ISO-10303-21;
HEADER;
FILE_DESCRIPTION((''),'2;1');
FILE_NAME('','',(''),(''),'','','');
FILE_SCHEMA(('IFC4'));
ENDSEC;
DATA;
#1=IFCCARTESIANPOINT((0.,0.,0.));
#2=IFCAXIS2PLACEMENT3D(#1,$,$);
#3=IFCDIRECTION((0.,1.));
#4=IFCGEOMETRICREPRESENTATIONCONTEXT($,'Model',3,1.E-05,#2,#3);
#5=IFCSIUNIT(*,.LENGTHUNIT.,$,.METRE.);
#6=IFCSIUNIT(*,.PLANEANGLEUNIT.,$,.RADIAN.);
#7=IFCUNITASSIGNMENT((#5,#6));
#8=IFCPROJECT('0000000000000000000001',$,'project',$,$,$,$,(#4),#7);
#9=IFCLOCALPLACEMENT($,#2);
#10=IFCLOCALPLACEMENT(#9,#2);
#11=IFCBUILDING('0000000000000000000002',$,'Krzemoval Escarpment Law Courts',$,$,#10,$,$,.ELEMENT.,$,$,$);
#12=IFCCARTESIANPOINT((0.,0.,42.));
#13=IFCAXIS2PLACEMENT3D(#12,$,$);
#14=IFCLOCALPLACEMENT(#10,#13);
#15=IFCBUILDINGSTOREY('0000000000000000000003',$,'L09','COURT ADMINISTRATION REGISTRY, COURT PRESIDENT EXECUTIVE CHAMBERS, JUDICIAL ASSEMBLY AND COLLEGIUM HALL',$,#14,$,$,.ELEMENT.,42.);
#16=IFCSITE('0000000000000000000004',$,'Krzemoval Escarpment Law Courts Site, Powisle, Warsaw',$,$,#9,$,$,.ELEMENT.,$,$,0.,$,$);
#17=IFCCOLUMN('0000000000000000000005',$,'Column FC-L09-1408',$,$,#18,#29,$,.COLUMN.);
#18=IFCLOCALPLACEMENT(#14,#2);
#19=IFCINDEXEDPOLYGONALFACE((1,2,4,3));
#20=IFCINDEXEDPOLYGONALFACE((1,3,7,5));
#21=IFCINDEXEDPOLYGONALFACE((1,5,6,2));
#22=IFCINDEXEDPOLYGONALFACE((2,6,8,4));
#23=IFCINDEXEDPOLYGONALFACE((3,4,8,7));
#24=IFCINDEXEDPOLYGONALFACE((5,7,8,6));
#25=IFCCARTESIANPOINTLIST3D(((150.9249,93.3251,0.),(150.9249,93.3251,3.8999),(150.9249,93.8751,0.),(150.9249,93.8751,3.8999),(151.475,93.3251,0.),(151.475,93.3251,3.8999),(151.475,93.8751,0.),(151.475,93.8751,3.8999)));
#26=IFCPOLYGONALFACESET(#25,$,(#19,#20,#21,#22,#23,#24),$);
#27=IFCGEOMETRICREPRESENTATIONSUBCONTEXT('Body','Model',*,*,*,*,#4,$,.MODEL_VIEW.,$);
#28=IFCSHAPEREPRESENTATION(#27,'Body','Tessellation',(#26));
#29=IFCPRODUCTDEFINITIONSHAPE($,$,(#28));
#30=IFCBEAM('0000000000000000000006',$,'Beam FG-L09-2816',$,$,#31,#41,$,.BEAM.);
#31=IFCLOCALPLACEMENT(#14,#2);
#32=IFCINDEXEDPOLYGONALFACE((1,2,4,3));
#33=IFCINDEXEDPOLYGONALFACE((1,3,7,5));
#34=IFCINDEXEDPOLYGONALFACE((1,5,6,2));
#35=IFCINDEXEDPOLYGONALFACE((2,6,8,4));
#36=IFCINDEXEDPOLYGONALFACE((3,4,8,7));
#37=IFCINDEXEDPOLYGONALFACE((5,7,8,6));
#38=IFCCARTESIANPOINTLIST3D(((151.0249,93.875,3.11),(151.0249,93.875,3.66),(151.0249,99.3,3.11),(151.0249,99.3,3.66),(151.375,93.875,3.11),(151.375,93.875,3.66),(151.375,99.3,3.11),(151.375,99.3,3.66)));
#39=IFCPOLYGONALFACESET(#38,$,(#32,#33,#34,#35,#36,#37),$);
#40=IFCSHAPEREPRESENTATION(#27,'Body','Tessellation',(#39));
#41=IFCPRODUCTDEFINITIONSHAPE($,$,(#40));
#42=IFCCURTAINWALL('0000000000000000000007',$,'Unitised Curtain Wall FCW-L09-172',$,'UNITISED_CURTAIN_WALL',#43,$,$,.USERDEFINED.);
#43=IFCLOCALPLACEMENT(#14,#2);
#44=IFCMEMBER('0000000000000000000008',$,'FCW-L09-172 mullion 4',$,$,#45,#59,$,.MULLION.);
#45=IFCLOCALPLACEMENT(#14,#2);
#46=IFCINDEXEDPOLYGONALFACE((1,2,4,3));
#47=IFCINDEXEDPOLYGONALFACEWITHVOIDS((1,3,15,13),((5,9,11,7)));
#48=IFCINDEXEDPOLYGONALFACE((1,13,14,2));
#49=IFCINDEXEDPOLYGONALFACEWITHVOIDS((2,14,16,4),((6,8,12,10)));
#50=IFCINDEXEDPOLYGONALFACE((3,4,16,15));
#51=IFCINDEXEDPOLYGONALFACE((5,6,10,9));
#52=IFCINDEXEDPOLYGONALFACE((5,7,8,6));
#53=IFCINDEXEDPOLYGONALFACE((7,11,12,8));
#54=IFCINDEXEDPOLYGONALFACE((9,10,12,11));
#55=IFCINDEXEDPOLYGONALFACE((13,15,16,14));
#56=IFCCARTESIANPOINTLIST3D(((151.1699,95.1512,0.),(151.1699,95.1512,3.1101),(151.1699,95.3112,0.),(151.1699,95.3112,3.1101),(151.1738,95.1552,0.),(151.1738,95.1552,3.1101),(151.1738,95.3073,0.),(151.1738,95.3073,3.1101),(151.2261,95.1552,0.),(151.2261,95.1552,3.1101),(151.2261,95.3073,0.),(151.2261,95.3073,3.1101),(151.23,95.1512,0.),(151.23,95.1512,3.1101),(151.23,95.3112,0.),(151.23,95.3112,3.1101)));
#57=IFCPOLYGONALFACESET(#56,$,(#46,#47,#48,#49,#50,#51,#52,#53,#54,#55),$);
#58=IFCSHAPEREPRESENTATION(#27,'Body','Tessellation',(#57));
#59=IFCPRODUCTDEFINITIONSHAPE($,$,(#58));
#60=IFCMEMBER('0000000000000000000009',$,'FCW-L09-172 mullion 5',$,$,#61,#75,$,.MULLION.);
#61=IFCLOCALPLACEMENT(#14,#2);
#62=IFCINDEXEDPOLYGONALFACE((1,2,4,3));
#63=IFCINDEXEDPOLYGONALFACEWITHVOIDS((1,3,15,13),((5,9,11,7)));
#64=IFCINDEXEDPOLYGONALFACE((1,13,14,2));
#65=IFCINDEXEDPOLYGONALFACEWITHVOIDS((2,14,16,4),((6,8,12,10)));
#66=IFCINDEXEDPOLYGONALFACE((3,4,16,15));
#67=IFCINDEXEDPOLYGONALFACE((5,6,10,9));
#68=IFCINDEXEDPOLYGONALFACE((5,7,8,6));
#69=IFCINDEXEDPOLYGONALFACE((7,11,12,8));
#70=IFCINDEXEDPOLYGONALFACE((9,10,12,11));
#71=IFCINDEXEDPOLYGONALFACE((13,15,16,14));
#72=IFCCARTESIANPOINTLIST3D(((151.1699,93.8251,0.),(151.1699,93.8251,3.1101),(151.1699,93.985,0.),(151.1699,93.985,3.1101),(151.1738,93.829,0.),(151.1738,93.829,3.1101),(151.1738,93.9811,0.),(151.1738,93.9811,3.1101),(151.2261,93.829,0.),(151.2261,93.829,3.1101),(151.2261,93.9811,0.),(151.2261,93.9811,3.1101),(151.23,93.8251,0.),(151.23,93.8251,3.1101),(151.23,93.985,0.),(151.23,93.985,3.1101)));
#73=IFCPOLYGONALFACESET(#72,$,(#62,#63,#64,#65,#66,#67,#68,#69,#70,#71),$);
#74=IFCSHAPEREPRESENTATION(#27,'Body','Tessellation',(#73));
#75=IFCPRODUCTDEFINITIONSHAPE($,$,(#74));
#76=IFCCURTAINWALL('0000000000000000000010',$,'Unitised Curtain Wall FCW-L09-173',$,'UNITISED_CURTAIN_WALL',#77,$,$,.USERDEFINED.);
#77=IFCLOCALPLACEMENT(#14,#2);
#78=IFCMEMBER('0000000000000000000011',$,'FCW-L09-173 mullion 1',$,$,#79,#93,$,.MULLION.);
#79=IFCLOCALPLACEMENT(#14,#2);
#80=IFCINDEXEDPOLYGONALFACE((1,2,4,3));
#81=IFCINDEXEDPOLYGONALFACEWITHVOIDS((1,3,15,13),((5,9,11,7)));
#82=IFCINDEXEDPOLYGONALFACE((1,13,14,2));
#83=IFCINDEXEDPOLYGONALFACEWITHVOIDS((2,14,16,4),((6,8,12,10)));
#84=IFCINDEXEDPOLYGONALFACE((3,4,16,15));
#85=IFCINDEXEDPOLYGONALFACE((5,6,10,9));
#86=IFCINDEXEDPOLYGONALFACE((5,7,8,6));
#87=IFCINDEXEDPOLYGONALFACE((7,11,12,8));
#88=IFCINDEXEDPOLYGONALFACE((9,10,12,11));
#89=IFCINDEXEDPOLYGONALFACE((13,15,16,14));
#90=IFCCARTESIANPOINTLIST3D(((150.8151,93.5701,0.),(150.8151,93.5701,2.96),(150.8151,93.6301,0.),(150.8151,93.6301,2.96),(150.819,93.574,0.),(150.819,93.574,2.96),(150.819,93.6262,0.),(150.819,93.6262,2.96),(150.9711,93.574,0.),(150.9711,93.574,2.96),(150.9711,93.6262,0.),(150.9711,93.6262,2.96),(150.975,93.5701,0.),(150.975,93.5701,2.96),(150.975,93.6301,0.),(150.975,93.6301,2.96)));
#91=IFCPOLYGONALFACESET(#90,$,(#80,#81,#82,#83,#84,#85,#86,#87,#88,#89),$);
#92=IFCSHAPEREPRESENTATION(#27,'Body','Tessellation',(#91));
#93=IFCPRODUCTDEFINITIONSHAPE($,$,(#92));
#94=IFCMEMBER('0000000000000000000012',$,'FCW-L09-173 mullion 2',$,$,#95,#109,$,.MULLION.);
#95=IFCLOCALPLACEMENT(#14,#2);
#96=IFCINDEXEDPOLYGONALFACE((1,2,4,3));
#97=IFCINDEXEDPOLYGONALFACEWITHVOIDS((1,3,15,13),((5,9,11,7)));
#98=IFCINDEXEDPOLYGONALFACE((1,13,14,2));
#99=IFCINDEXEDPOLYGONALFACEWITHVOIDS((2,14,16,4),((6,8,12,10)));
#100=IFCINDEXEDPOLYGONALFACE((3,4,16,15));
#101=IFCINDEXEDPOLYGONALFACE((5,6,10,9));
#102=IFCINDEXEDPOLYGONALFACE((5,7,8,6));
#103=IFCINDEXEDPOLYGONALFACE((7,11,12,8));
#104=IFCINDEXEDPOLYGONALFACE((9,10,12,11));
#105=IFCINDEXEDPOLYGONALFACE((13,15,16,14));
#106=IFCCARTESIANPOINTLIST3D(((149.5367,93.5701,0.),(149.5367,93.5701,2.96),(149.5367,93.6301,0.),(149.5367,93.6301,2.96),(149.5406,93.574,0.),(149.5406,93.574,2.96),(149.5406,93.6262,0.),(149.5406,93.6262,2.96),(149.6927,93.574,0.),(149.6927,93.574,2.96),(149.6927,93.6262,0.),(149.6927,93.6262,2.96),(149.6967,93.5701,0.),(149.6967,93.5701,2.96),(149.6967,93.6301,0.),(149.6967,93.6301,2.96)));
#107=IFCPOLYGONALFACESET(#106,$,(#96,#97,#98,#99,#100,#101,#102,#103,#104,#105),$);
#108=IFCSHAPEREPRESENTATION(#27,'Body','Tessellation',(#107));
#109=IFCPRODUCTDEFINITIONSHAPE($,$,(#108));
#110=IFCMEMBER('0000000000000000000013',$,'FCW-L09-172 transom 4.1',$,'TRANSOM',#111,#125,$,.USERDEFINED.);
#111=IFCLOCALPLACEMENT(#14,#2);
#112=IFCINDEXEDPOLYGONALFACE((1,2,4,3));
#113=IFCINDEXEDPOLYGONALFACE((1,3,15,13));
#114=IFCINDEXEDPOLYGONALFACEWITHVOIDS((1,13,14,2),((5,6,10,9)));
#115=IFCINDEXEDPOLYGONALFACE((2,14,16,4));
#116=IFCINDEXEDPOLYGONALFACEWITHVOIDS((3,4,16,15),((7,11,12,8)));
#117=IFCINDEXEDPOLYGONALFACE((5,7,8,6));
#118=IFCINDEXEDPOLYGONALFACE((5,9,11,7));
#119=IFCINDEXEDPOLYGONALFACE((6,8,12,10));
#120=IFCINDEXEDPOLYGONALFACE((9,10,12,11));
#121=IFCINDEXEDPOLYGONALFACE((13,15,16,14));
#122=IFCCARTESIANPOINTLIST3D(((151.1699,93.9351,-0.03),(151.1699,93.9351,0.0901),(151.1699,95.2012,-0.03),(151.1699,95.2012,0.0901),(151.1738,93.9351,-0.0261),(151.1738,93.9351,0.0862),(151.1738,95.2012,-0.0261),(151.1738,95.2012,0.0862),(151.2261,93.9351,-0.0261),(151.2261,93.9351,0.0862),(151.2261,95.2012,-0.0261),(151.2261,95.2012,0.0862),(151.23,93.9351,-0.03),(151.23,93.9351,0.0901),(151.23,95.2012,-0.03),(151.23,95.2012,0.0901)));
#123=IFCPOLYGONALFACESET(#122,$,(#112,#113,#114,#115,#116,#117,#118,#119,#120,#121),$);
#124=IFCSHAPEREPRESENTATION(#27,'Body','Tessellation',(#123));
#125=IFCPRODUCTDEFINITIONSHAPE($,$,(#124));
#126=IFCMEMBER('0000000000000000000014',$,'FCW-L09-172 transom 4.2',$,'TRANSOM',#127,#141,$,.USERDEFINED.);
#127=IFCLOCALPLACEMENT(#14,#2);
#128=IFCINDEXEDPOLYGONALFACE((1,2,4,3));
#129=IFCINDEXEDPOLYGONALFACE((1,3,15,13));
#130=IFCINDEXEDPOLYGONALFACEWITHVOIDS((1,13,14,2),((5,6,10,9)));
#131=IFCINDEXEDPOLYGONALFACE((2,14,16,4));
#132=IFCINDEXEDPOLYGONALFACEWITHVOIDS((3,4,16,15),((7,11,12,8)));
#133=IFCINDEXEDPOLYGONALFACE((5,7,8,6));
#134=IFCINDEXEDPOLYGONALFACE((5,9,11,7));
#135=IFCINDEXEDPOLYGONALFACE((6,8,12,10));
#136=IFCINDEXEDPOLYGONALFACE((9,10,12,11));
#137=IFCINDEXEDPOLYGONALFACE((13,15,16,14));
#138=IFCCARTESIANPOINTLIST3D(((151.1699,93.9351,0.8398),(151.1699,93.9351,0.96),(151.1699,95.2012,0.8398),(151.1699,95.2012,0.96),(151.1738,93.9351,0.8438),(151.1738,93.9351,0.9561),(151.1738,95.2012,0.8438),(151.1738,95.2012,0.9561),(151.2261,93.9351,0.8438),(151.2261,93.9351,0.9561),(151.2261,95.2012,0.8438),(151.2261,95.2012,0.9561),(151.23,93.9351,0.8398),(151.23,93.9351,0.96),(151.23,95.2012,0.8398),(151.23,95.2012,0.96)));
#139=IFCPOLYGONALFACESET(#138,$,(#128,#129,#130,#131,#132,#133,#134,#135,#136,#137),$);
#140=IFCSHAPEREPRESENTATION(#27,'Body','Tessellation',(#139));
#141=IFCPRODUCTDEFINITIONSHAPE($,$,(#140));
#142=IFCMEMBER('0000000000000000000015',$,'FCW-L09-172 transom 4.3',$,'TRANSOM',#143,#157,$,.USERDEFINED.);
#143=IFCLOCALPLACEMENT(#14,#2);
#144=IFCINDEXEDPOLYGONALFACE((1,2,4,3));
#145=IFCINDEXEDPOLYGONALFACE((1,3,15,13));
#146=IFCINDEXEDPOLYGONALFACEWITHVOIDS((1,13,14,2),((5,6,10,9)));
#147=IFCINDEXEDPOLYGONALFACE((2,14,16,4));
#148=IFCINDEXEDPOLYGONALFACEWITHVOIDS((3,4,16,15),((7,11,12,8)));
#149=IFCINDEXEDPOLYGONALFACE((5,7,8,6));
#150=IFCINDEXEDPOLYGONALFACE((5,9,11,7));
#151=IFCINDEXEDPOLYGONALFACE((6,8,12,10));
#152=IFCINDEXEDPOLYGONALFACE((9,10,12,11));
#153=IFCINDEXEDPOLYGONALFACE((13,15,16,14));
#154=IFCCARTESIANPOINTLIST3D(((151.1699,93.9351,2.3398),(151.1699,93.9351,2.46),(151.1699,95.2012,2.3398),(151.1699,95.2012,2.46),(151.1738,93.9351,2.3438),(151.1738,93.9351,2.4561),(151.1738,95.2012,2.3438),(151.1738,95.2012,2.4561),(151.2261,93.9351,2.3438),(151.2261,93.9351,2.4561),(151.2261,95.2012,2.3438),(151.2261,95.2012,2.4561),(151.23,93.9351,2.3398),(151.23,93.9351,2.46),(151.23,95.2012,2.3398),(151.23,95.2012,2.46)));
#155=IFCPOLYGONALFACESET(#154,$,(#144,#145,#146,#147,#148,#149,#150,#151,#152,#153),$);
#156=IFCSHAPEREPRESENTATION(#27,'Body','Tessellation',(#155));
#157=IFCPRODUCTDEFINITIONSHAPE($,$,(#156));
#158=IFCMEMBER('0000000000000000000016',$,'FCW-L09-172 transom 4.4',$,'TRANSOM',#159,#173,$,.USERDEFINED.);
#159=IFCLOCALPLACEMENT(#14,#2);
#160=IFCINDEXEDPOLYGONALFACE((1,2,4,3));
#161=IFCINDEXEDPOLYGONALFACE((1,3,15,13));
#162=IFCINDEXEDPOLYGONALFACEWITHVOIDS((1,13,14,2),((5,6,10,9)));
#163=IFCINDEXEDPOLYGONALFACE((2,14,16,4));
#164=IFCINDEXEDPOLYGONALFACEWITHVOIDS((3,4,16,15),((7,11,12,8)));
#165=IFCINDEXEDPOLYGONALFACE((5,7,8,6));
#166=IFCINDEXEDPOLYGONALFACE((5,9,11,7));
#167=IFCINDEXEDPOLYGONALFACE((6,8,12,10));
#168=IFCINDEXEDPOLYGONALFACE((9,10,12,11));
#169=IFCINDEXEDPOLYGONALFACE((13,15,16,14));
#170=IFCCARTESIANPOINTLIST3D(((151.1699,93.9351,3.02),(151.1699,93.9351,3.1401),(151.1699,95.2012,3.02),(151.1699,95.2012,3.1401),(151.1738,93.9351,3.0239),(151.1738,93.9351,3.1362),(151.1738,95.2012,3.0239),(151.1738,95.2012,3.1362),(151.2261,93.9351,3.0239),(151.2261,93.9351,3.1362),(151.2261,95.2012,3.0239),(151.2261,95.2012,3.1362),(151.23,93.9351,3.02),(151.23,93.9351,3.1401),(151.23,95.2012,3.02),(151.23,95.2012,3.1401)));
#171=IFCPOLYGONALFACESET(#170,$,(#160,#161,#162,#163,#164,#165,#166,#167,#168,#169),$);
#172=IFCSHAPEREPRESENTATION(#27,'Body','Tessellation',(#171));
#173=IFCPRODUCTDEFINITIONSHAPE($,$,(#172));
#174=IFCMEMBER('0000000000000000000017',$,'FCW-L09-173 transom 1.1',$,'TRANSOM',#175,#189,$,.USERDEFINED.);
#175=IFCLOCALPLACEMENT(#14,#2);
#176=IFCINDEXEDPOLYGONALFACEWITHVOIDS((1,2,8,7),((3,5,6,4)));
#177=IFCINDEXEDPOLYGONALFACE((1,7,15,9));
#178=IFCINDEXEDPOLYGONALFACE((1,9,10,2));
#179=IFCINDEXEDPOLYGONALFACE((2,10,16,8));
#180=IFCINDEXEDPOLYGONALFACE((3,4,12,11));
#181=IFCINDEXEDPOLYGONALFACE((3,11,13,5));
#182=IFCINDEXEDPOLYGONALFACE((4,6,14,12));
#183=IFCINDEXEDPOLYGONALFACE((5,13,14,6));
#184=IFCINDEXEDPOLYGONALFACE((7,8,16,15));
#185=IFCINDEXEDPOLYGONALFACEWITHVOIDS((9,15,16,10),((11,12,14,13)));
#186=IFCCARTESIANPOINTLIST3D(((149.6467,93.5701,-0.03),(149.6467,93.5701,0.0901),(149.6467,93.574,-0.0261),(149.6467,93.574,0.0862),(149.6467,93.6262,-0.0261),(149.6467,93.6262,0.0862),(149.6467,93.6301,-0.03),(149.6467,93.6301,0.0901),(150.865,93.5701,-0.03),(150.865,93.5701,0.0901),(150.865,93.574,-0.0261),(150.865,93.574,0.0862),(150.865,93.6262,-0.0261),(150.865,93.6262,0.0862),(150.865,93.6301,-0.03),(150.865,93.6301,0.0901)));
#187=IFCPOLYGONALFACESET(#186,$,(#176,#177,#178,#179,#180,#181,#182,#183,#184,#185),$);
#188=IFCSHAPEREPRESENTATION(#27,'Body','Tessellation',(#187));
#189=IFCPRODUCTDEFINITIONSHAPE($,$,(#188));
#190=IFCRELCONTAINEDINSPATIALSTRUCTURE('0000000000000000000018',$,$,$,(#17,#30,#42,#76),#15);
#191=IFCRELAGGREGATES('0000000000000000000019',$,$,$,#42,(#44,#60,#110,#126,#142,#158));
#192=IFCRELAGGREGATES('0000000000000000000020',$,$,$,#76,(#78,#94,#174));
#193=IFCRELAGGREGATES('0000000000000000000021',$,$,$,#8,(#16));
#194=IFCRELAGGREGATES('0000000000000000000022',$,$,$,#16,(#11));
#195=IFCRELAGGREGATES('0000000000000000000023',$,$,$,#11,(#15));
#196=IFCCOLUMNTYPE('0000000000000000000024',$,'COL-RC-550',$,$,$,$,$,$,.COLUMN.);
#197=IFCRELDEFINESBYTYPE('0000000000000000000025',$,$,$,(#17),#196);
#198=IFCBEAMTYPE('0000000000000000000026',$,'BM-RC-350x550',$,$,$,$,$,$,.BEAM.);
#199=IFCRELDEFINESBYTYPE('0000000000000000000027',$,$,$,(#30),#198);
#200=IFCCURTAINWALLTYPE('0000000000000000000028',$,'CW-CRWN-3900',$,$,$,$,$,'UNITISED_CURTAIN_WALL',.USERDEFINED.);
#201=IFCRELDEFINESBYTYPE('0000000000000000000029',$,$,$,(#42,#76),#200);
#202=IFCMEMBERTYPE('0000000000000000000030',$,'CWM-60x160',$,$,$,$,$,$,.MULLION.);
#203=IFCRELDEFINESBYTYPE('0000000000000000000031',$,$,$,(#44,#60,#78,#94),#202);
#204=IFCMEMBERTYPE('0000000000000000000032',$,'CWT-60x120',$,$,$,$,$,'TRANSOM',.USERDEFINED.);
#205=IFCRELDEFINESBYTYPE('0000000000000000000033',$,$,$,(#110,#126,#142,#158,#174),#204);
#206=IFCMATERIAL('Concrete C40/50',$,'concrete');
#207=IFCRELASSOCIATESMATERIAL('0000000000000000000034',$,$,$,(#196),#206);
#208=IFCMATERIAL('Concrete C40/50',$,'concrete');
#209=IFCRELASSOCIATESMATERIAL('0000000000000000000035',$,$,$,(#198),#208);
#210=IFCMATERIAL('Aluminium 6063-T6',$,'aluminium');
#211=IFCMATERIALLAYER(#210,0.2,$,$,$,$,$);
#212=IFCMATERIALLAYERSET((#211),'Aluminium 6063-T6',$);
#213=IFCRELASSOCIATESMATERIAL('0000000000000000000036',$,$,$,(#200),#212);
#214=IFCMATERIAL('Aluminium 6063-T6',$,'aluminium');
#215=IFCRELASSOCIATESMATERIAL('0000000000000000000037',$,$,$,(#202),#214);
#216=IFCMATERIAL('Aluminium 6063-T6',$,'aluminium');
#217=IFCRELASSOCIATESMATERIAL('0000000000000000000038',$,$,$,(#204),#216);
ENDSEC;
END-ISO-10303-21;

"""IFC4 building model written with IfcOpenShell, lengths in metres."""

from ifc_helpers import new_model, si_unit, direction, frame, origin, origin_2d, place, context, subcontext, project, spatial, rectangle, hollow_rectangle, extrude, material, layer, layer_set, material_profile, profile_set, type_object, element, aggregate, save


model = new_model("IFC4")

# Units and contexts
model_context = context("Model", 3, precision=1e-05, world=origin(), true_north=direction((0.0, 1.0)))
body_context = subcontext(model_context, "Body", "Model", "MODEL_VIEW")
ifc_project = project(units=[si_unit("LENGTHUNIT", "METRE"), si_unit("PLANEANGLEUNIT", "RADIAN")], contexts=[model_context])

# Site, building, storey
site_placement = place(None, origin())
site = spatial("IfcSite", under=ifc_project, at=site_placement, Name="Krzemoval Escarpment Law Courts Site, Powisle, Warsaw", CompositionType="ELEMENT", RefElevation=0.0)
building_placement = place(site_placement, origin())
building = spatial("IfcBuilding", under=site, at=building_placement, Name="Krzemoval Escarpment Law Courts", CompositionType="ELEMENT")
storey_placement = place(building_placement, frame((0.0, 0.0, 42.0)))
storey = spatial("IfcBuildingStorey", under=building, at=storey_placement, Name="L09", Description="COURT ADMINISTRATION REGISTRY, COURT PRESIDENT EXECUTIVE CHAMBERS, JUDICIAL ASSEMBLY AND COLLEGIUM HALL", CompositionType="ELEMENT", Elevation=42.0)

# Column
ifc_material_1 = material(Name="Concrete C40/50", Category="concrete")
ifc_material_profile_1 = material_profile(ifc_material_1, rectangle(XDim=0.55, YDim=0.55, at=origin_2d()), Name="RC 550x550")
ifc_profile_set_1 = profile_set([ifc_material_profile_1], Name="Concrete C40/50")
column_type = type_object("IfcColumnType", Name="COL-RC-550", PredefinedType="COLUMN", material=ifc_profile_set_1)
column_placement = place(storey_placement, frame((151.2, 93.6001, 0.0), z_axis=(0.0, 0.0, 1.0), x_axis=(1.0, 0.0, 0.0)))
element("IfcColumn", 1, at=column_placement, inside=storey, type_object=column_type, Name="Column FC-L09-1408", PredefinedType="COLUMN", context=body_context, shape_type="SweptSolid", body=[
    extrude(rectangle(XDim=0.55, YDim=0.55, at=origin_2d()), origin(), (0.0, 0.0, 1.0), 3.8999),
])

# Beam
ifc_material_2 = material(Name="Concrete C40/50", Category="concrete")
ifc_material_profile_2 = material_profile(ifc_material_2, rectangle(XDim=0.3501, YDim=0.55, at=origin_2d()), Name="RCB 350x550")
ifc_profile_set_2 = profile_set([ifc_material_profile_2], Name="Concrete C40/50")
beam_type = type_object("IfcBeamType", Name="BM-RC-350x550", PredefinedType="BEAM", material=ifc_profile_set_2)
beam_placement = place(storey_placement, frame((151.2, 93.875, 3.385), z_axis=(0.0, 1.0, 0.0), x_axis=(-1.0, 0.0, 0.0)))
element("IfcBeam", 2, at=beam_placement, inside=storey, type_object=beam_type, Name="Beam FG-L09-2816", PredefinedType="BEAM", context=body_context, shape_type="SweptSolid", body=[
    extrude(rectangle(XDim=0.3501, YDim=0.55, at=origin_2d()), origin(), (0.0, 0.0, 1.0), 5.425),
])

# Curtain walls, members
ifc_material_3 = material(Name="Aluminium 6063-T6", Category="aluminium")
ifc_layer_1 = layer(ifc_material_3, 0.2)
ifc_layer_set_1 = layer_set([ifc_layer_1], Name="Aluminium 6063-T6")
curtain_wall_type = type_object("IfcCurtainWallType", Name="CW-CRWN-3900", ElementType="UNITISED_CURTAIN_WALL", PredefinedType="USERDEFINED", material=ifc_layer_set_1)
curtain_wall_1_placement = place(storey_placement, origin())
curtain_wall_1 = element("IfcCurtainWall", 3, at=curtain_wall_1_placement, inside=storey, type_object=curtain_wall_type, Name="Unitised Curtain Wall FCW-L09-172", ObjectType="UNITISED_CURTAIN_WALL", PredefinedType="USERDEFINED")
ifc_material_4 = material(Name="Aluminium 6063-T6", Category="aluminium")
ifc_material_profile_3 = material_profile(ifc_material_4, hollow_rectangle(XDim=0.0601, YDim=0.1599, WallThickness=0.0039, at=origin_2d()), Name="ALU M60x160")
ifc_profile_set_3 = profile_set([ifc_material_profile_3], Name="Aluminium 6063-T6")
member_type_1 = type_object("IfcMemberType", Name="CWM-60x160", PredefinedType="MULLION", material=ifc_profile_set_3)
member_1_placement = place(storey_placement, frame((151.2, 95.2312, 0.0), z_axis=(0.0, 0.0, 1.0), x_axis=(1.0, 0.0, 0.0)))
member_1 = element("IfcMember", 4, at=member_1_placement, type_object=member_type_1, Name="FCW-L09-172 mullion 4", PredefinedType="MULLION", context=body_context, shape_type="SweptSolid", body=[
    extrude(hollow_rectangle(XDim=0.0601, YDim=0.1599, WallThickness=0.0039, at=origin_2d()), origin(), (0.0, 0.0, 1.0), 3.1101),
])
member_2_placement = place(storey_placement, frame((151.2, 93.905, 0.0), z_axis=(0.0, 0.0, 1.0), x_axis=(1.0, 0.0, 0.0)))
member_2 = element("IfcMember", 5, at=member_2_placement, type_object=member_type_1, Name="FCW-L09-172 mullion 5", PredefinedType="MULLION", context=body_context, shape_type="SweptSolid", body=[
    extrude(hollow_rectangle(XDim=0.0601, YDim=0.1599, WallThickness=0.0039, at=origin_2d()), origin(), (0.0, 0.0, 1.0), 3.1101),
])
curtain_wall_2_placement = place(storey_placement, origin())
curtain_wall_2 = element("IfcCurtainWall", 6, at=curtain_wall_2_placement, inside=storey, type_object=curtain_wall_type, Name="Unitised Curtain Wall FCW-L09-173", ObjectType="UNITISED_CURTAIN_WALL", PredefinedType="USERDEFINED")
member_3_placement = place(storey_placement, frame((150.895, 93.6001, 0.0), z_axis=(0.0, 0.0, 1.0), x_axis=(0.0, -1.0, 0.0)))
member_3 = element("IfcMember", 7, at=member_3_placement, type_object=member_type_1, Name="FCW-L09-173 mullion 1", PredefinedType="MULLION", context=body_context, shape_type="SweptSolid", body=[
    extrude(hollow_rectangle(XDim=0.0601, YDim=0.1599, WallThickness=0.0039, at=origin_2d()), origin(), (0.0, 0.0, 1.0), 2.96),
])
member_4_placement = place(storey_placement, frame((149.6167, 93.6001, 0.0), z_axis=(0.0, 0.0, 1.0), x_axis=(0.0, -1.0, 0.0)))
member_4 = element("IfcMember", 8, at=member_4_placement, type_object=member_type_1, Name="FCW-L09-173 mullion 2", PredefinedType="MULLION", context=body_context, shape_type="SweptSolid", body=[
    extrude(hollow_rectangle(XDim=0.0601, YDim=0.1599, WallThickness=0.0039, at=origin_2d()), origin(), (0.0, 0.0, 1.0), 2.96),
])

# Members
ifc_material_5 = material(Name="Aluminium 6063-T6", Category="aluminium")
ifc_material_profile_4 = material_profile(ifc_material_5, hollow_rectangle(XDim=0.0601, YDim=0.1201, WallThickness=0.0039, at=origin_2d()), Name="ALU T60x120")
ifc_profile_set_4 = profile_set([ifc_material_profile_4], Name="Aluminium 6063-T6")
member_type_2 = type_object("IfcMemberType", Name="CWT-60x120", ElementType="TRANSOM", PredefinedType="USERDEFINED", material=ifc_profile_set_4)
member_5_placement = place(storey_placement, frame((151.2, 95.2012, 0.03), z_axis=(0.0, -1.0, 0.0), x_axis=(1.0, 0.0, 0.0)))
member_5 = element("IfcMember", 9, at=member_5_placement, type_object=member_type_2, Name="FCW-L09-172 transom 4.1", ObjectType="TRANSOM", PredefinedType="USERDEFINED", context=body_context, shape_type="SweptSolid", body=[
    extrude(hollow_rectangle(XDim=0.0601, YDim=0.1201, WallThickness=0.0039, at=origin_2d()), origin(), (0.0, 0.0, 1.0), 1.2661),
])
member_6_placement = place(storey_placement, frame((151.2, 95.2012, 0.8999), z_axis=(0.0, -1.0, 0.0), x_axis=(1.0, 0.0, 0.0)))
member_6 = element("IfcMember", 10, at=member_6_placement, type_object=member_type_2, Name="FCW-L09-172 transom 4.2", ObjectType="TRANSOM", PredefinedType="USERDEFINED", context=body_context, shape_type="SweptSolid", body=[
    extrude(hollow_rectangle(XDim=0.0601, YDim=0.1201, WallThickness=0.0039, at=origin_2d()), origin(), (0.0, 0.0, 1.0), 1.2661),
])
member_7_placement = place(storey_placement, frame((151.2, 95.2012, 2.3999), z_axis=(0.0, -1.0, 0.0), x_axis=(1.0, 0.0, 0.0)))
member_7 = element("IfcMember", 11, at=member_7_placement, type_object=member_type_2, Name="FCW-L09-172 transom 4.3", ObjectType="TRANSOM", PredefinedType="USERDEFINED", context=body_context, shape_type="SweptSolid", body=[
    extrude(hollow_rectangle(XDim=0.0601, YDim=0.1201, WallThickness=0.0039, at=origin_2d()), origin(), (0.0, 0.0, 1.0), 1.2661),
])
member_8_placement = place(storey_placement, frame((151.2, 95.2012, 3.0801), z_axis=(0.0, -1.0, 0.0), x_axis=(1.0, 0.0, 0.0)))
member_8 = element("IfcMember", 12, at=member_8_placement, type_object=member_type_2, Name="FCW-L09-172 transom 4.4", ObjectType="TRANSOM", PredefinedType="USERDEFINED", context=body_context, shape_type="SweptSolid", body=[
    extrude(hollow_rectangle(XDim=0.0601, YDim=0.1201, WallThickness=0.0039, at=origin_2d()), origin(), (0.0, 0.0, 1.0), 1.2661),
])
member_9_placement = place(storey_placement, frame((150.865, 93.6001, 0.03), z_axis=(-1.0, 0.0, 0.0), x_axis=(0.0, -1.0, 0.0)))
member_9 = element("IfcMember", 13, at=member_9_placement, type_object=member_type_2, Name="FCW-L09-173 transom 1.1", ObjectType="TRANSOM", PredefinedType="USERDEFINED", context=body_context, shape_type="SweptSolid", body=[
    extrude(hollow_rectangle(XDim=0.0601, YDim=0.1201, WallThickness=0.0039, at=origin_2d()), origin(), (0.0, 0.0, 1.0), 1.2183),
])

aggregate(curtain_wall_1, [member_1, member_2, member_5, member_6, member_7, member_8])
aggregate(curtain_wall_2, [member_3, member_4, member_9])

save(model, "model.ifc")
